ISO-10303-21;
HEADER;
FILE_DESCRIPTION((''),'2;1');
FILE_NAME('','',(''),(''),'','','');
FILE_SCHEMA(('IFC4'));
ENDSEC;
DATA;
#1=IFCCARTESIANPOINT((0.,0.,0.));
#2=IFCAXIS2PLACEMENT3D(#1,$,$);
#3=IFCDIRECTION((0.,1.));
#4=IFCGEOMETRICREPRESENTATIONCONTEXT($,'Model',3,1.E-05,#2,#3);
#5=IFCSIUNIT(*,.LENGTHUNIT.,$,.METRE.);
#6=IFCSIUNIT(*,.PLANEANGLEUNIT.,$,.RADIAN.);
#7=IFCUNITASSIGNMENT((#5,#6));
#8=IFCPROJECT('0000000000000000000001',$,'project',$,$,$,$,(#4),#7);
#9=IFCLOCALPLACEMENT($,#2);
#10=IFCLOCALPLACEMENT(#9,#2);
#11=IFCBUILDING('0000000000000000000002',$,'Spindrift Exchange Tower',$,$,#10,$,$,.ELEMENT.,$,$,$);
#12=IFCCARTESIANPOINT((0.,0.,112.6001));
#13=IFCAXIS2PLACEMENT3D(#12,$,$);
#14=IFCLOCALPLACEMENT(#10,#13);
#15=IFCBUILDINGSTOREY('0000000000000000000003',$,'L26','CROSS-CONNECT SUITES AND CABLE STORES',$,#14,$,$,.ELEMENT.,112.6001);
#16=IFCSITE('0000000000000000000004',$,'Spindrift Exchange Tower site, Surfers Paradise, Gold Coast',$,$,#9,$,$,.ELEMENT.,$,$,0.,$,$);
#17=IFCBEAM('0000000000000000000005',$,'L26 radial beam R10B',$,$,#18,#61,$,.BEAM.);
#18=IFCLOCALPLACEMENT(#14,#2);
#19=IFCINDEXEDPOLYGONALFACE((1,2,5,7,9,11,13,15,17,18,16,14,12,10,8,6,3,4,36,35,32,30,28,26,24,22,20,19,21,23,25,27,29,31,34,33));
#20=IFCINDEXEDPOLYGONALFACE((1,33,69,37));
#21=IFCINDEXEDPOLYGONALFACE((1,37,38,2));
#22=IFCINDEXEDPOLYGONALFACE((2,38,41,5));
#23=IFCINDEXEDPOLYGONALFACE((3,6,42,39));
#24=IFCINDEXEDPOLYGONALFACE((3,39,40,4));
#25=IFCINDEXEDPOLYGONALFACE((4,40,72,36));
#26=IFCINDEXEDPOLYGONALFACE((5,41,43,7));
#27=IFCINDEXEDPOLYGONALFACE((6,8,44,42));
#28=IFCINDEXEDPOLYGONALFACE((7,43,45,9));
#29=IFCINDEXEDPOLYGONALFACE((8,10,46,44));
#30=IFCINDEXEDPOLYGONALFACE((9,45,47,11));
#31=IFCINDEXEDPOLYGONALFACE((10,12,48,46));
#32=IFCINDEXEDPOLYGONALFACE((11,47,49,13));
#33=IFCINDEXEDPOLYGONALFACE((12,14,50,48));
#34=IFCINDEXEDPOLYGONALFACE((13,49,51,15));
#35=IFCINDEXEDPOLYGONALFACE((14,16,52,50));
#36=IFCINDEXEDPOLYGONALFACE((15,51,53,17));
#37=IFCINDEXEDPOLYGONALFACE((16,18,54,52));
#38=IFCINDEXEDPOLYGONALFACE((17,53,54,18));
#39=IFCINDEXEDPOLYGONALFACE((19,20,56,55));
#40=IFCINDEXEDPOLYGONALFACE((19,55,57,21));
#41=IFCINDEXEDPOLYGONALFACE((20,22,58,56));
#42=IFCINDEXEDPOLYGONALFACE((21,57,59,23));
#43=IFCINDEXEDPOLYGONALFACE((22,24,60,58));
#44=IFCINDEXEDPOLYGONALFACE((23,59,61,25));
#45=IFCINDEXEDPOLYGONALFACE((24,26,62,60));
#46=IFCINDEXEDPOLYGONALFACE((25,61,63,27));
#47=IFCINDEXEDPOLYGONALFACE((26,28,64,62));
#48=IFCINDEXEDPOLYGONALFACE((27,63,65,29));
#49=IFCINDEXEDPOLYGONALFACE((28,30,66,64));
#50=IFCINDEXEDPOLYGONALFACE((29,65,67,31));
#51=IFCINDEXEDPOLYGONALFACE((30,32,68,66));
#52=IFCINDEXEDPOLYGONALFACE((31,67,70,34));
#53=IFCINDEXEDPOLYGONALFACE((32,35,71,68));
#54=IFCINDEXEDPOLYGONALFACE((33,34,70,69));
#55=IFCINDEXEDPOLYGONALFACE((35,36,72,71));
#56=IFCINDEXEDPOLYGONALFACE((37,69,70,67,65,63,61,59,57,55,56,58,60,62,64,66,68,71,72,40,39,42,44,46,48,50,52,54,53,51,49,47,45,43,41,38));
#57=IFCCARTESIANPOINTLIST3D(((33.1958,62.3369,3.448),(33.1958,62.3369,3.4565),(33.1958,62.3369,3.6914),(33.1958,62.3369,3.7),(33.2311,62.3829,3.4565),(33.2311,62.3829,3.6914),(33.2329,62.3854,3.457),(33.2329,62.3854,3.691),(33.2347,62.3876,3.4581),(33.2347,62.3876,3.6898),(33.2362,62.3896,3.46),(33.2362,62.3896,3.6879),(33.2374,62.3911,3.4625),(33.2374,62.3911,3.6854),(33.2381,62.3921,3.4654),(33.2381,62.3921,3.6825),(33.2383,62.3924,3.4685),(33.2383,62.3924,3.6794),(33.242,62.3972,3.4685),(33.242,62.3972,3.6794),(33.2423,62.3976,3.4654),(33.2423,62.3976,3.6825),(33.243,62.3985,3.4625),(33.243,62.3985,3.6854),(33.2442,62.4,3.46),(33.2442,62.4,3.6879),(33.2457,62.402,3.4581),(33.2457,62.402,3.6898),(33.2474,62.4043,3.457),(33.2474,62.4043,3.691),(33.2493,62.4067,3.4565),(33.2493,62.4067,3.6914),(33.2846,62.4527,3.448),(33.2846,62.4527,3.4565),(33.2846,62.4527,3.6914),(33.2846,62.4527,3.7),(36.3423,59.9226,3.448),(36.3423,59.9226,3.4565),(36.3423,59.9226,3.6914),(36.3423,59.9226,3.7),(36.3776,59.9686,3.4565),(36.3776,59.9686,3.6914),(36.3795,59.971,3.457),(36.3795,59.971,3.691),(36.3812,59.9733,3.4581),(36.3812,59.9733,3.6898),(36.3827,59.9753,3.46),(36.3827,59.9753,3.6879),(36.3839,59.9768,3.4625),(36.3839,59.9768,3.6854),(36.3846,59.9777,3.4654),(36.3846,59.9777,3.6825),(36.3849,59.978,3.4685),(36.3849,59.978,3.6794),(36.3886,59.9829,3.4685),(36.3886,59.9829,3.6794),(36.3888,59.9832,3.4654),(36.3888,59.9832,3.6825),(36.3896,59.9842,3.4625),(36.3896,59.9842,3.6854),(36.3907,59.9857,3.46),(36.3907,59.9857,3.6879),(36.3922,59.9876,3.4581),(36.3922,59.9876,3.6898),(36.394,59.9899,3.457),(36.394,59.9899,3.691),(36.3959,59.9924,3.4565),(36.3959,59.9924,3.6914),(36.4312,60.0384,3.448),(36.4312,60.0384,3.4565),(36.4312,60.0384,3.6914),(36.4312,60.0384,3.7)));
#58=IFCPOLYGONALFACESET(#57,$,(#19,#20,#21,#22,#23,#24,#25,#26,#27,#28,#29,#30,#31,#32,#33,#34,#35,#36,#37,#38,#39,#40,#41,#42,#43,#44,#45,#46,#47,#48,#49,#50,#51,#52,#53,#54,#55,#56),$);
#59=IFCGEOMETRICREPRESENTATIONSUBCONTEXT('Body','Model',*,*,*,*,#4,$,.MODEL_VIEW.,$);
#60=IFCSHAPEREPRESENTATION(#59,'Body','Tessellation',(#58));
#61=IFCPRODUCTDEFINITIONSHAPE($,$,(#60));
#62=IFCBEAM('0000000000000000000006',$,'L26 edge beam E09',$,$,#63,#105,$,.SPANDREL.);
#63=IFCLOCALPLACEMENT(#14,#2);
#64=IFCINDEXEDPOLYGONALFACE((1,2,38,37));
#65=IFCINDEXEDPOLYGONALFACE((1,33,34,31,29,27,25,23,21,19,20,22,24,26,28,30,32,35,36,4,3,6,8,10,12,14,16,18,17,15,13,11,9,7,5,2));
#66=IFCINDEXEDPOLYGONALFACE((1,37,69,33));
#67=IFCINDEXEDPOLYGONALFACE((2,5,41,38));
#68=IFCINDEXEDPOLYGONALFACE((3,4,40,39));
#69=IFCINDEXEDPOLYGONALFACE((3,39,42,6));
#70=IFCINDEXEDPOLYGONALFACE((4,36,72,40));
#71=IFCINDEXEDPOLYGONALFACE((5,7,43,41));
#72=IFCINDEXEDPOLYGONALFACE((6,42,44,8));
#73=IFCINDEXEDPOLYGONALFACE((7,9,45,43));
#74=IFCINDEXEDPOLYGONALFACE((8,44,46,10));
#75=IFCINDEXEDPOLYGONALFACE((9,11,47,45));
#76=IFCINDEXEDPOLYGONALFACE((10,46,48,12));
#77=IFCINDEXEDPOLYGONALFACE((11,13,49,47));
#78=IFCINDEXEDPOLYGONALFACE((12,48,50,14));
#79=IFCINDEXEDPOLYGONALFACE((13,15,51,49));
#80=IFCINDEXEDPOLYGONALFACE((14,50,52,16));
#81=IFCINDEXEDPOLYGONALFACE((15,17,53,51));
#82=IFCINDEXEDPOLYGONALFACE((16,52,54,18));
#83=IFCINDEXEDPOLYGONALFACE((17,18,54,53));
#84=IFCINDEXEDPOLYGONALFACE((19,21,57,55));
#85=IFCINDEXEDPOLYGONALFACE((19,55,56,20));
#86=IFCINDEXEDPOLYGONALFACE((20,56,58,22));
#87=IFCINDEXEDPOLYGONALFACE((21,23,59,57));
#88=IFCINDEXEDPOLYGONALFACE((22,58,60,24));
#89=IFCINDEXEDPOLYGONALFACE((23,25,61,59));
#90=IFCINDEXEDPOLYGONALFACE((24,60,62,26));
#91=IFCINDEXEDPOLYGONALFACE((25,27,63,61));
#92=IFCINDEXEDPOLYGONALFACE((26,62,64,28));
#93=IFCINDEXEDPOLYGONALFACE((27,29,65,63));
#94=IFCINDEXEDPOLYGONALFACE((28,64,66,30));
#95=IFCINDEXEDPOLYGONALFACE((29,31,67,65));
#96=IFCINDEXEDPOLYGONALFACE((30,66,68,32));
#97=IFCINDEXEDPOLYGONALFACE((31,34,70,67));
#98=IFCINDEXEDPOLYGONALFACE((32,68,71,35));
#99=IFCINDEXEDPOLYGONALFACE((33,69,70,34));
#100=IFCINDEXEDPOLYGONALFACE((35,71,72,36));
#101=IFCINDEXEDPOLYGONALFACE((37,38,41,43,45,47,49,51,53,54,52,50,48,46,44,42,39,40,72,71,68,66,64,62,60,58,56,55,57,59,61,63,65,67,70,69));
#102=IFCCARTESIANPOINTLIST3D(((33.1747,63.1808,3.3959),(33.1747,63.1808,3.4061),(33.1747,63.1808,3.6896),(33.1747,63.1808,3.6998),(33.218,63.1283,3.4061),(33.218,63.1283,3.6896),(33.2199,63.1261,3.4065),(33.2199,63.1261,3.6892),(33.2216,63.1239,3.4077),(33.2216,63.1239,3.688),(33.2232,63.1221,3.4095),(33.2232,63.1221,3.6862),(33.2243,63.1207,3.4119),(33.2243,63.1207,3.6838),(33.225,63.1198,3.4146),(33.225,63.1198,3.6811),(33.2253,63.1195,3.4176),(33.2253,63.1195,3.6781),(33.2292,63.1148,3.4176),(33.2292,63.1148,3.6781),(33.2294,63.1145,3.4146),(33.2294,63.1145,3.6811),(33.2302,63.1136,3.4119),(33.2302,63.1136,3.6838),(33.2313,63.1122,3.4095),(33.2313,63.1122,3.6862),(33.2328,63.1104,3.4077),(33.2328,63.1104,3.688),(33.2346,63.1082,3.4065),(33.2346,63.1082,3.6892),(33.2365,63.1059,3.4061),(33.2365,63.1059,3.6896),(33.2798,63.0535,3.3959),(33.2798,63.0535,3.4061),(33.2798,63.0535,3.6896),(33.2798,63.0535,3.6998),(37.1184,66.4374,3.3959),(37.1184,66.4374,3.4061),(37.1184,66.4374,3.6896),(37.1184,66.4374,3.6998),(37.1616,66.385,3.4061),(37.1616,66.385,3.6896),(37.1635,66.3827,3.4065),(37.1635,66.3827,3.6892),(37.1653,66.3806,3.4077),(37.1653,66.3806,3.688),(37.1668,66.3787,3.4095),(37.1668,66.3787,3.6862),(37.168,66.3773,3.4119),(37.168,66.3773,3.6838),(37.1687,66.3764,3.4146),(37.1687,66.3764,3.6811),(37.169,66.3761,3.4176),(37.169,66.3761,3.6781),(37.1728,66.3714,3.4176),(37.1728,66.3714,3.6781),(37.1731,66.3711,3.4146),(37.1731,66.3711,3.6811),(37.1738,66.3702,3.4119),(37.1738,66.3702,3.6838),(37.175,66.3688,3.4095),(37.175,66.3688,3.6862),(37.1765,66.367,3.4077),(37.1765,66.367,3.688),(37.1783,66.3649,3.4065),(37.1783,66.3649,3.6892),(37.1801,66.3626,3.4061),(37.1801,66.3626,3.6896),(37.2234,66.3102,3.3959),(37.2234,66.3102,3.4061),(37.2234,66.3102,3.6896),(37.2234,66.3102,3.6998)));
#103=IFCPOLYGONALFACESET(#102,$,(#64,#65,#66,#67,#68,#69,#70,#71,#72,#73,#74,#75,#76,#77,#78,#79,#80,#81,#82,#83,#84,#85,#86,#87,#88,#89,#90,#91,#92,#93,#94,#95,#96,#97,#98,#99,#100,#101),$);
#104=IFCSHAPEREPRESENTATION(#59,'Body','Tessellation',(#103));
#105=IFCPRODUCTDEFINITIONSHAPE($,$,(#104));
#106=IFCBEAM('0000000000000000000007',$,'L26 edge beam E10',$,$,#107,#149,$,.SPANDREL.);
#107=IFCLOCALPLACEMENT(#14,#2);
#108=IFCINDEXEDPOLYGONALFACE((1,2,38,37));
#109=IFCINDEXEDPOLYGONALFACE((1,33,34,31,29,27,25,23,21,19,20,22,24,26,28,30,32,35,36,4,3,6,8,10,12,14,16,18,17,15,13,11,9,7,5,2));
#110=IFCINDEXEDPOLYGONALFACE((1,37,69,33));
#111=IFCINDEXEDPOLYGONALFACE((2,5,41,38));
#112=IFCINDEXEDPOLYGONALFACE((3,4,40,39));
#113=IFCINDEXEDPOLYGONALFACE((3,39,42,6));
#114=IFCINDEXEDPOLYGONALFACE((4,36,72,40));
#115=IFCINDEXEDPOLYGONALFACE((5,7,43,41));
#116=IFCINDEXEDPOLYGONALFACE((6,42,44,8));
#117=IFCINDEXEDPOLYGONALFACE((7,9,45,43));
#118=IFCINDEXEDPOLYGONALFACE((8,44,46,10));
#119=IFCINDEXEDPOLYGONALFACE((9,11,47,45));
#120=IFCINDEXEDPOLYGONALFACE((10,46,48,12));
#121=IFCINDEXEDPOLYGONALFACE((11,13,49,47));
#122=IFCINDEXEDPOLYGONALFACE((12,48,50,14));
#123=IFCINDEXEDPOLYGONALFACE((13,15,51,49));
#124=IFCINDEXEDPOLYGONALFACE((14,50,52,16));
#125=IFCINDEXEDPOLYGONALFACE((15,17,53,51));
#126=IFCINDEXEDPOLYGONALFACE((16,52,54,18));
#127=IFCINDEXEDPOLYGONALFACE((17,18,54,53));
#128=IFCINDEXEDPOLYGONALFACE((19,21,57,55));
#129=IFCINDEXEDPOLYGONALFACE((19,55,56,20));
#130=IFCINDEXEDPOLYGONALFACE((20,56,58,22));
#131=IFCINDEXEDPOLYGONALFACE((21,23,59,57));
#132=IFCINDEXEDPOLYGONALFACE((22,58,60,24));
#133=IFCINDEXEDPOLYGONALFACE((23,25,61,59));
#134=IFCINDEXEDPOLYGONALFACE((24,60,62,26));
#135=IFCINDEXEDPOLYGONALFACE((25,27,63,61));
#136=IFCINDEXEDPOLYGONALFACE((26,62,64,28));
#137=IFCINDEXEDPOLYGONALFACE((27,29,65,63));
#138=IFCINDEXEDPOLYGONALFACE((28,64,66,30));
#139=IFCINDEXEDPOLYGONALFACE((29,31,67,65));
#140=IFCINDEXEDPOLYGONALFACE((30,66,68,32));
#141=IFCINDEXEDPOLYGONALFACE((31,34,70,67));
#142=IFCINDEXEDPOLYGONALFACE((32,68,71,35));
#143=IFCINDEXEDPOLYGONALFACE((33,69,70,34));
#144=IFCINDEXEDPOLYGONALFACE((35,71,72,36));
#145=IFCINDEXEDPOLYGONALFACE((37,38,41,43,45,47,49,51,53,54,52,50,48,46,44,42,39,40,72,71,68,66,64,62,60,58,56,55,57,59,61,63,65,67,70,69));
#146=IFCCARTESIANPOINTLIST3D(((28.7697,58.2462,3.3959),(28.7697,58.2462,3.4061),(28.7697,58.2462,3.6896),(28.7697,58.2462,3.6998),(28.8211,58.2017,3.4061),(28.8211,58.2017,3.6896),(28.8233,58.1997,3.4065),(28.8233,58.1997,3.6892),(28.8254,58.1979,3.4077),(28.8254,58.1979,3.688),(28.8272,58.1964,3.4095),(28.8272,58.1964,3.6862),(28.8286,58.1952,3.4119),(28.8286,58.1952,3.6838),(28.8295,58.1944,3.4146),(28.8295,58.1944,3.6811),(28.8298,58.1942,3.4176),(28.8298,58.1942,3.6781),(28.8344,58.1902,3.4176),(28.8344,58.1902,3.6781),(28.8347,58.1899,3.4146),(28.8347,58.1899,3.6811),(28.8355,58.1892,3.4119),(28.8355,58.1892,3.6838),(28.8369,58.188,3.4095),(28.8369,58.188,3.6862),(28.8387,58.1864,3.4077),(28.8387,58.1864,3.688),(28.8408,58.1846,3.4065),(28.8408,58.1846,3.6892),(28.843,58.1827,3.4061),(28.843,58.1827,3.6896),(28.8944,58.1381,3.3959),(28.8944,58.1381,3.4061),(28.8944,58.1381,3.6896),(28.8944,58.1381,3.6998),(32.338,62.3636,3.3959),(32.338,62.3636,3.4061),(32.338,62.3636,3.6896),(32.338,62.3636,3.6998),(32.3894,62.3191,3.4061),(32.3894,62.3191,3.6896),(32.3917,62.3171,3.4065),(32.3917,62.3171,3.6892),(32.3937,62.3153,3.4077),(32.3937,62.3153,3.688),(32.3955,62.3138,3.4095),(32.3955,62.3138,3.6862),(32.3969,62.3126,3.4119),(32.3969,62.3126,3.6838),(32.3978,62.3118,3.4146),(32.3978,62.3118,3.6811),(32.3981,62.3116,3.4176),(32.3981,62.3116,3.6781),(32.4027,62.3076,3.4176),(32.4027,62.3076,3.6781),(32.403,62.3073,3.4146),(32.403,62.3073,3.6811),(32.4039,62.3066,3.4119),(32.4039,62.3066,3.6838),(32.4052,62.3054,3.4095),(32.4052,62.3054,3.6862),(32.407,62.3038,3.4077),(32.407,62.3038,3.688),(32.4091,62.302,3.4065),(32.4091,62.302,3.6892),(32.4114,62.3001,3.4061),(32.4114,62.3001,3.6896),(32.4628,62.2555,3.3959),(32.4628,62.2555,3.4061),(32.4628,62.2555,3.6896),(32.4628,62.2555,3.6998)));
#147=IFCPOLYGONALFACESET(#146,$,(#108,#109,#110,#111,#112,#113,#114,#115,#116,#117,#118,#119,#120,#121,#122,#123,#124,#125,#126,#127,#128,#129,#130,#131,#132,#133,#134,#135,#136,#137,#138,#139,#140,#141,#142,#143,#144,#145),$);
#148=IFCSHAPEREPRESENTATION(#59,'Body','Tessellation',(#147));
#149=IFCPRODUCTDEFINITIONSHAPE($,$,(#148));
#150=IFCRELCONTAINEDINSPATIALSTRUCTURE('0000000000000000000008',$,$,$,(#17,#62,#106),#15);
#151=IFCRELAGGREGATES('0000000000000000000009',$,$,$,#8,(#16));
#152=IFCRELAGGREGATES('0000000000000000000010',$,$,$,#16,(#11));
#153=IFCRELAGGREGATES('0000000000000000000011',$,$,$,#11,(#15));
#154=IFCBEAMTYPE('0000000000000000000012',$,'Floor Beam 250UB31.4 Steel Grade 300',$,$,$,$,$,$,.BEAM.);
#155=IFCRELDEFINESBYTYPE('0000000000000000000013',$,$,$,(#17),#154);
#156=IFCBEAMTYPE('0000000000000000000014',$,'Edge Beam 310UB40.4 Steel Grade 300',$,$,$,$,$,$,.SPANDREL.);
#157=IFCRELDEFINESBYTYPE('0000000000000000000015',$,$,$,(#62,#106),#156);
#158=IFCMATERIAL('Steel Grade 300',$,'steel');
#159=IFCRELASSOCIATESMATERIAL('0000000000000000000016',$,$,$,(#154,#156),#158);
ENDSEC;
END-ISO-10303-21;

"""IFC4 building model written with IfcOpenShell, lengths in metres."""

from ifc_helpers import new_model, si_unit, direction, frame, origin, origin_2d, place, context, subcontext, project, spatial, i_section, extrude, source, transform, mapped, material, material_profile, profile_set, type_object, element, save


model = new_model("IFC4")

# Units and contexts
model_context = context("Model", 3, precision=1e-05, world=origin(), true_north=direction((0.0, 1.0)))
body_context = subcontext(model_context, "Body", "Model", "MODEL_VIEW")
ifc_project = project(units=[si_unit("LENGTHUNIT", "METRE"), si_unit("PLANEANGLEUNIT", "RADIAN")], contexts=[model_context])

# Site, building, storey
site_placement = place(None, origin())
site = spatial("IfcSite", under=ifc_project, at=site_placement, Name="Spindrift Exchange Tower site, Surfers Paradise, Gold Coast", CompositionType="ELEMENT", RefElevation=0.0)
building_placement = place(site_placement, origin())
building = spatial("IfcBuilding", under=site, at=building_placement, Name="Spindrift Exchange Tower", CompositionType="ELEMENT")
storey_placement = place(building_placement, frame((0.0, 0.0, 112.6001)))
storey = spatial("IfcBuildingStorey", under=building, at=storey_placement, Name="L26", Description="CROSS-CONNECT SUITES AND CABLE STORES", CompositionType="ELEMENT", Elevation=112.6001)

# Beams
ifc_material_1 = material(Name="Steel Grade 300", Category="steel")
ifc_material_profile_1 = material_profile(ifc_material_1, i_section(OverallWidth=0.146, OverallDepth=0.252, WebThickness=0.0061, FlangeThickness=0.0085, FilletRadius=0.012, at=origin_2d()), Name="250UB31.4")
ifc_profile_set_1 = profile_set([ifc_material_profile_1], Name="Steel Grade 300")
beam_type_1 = type_object("IfcBeamType", Name="Floor Beam 250UB31.4 Steel Grade 300", PredefinedType="BEAM", material=ifc_profile_set_1)
shared_shape_1 = source(origin(), body_context, "Body", "SweptSolid", [
    extrude(i_section(OverallWidth=0.146, OverallDepth=0.252, WebThickness=0.0061, FlangeThickness=0.0085, FilletRadius=0.012, at=origin_2d()), origin(), (0.0, 0.0, 1.0), 3.9661),
])
beam_1_placement = place(storey_placement, frame((36.3867, 59.9805, 3.574), z_axis=(-0.793363, 0.608749, 0.0), x_axis=(-0.608749, -0.793363, 0.0)))
element("IfcBeam", 1, at=beam_1_placement, inside=storey, type_object=beam_type_1, Name="L26 radial beam R10B", PredefinedType="BEAM", context=body_context, shape_type="MappedRepresentation", body=[
    mapped(shared_shape_1, transform((0.0, 0.0, 0.0), scale=1.0)),
])
ifc_material_profile_2 = material_profile(ifc_material_1, i_section(OverallWidth=0.165, OverallDepth=0.304, WebThickness=0.0061, FlangeThickness=0.0103, FilletRadius=0.0115, at=origin_2d()), Name="310UB40.4")
ifc_profile_set_2 = profile_set([ifc_material_profile_2], Name="Steel Grade 300")
beam_type_2 = type_object("IfcBeamType", Name="Edge Beam 310UB40.4 Steel Grade 300", PredefinedType="SPANDREL", material=ifc_profile_set_2)
shared_shape_2 = source(origin(), body_context, "Body", "SweptSolid", [
    extrude(i_section(OverallWidth=0.165, OverallDepth=0.304, WebThickness=0.0061, FlangeThickness=0.0103, FilletRadius=0.0115, at=origin_2d()), origin(), (0.0, 0.0, 1.0), 5.1145),
])
beam_2_placement = place(storey_placement, frame((37.1709, 66.3738, 3.5479), z_axis=(-0.771074, -0.636746, 0.0), x_axis=(0.636746, -0.771074, 0.0)))
element("IfcBeam", 2, at=beam_2_placement, inside=storey, type_object=beam_type_2, Name="L26 edge beam E09", PredefinedType="SPANDREL", context=body_context, shape_type="MappedRepresentation", body=[
    mapped(shared_shape_2, transform((0.0, 0.0, 0.0), scale=1.0)),
])
shared_shape_3 = source(origin(), body_context, "Body", "SweptSolid", [
    extrude(i_section(OverallWidth=0.165, OverallDepth=0.304, WebThickness=0.0061, FlangeThickness=0.0103, FilletRadius=0.0115, at=origin_2d()), origin(), (0.0, 0.0, 1.0), 5.4485),
])
beam_3_placement = place(storey_placement, frame((32.4004, 62.3096, 3.5479), z_axis=(-0.654922, -0.755696, 0.0), x_axis=(0.755696, -0.654922, 0.0)))
element("IfcBeam", 3, at=beam_3_placement, inside=storey, type_object=beam_type_2, Name="L26 edge beam E10", PredefinedType="SPANDREL", context=body_context, shape_type="MappedRepresentation", body=[
    mapped(shared_shape_3, transform((0.0, 0.0, 0.0), scale=1.0)),
])

save(model, "model.ifc")
